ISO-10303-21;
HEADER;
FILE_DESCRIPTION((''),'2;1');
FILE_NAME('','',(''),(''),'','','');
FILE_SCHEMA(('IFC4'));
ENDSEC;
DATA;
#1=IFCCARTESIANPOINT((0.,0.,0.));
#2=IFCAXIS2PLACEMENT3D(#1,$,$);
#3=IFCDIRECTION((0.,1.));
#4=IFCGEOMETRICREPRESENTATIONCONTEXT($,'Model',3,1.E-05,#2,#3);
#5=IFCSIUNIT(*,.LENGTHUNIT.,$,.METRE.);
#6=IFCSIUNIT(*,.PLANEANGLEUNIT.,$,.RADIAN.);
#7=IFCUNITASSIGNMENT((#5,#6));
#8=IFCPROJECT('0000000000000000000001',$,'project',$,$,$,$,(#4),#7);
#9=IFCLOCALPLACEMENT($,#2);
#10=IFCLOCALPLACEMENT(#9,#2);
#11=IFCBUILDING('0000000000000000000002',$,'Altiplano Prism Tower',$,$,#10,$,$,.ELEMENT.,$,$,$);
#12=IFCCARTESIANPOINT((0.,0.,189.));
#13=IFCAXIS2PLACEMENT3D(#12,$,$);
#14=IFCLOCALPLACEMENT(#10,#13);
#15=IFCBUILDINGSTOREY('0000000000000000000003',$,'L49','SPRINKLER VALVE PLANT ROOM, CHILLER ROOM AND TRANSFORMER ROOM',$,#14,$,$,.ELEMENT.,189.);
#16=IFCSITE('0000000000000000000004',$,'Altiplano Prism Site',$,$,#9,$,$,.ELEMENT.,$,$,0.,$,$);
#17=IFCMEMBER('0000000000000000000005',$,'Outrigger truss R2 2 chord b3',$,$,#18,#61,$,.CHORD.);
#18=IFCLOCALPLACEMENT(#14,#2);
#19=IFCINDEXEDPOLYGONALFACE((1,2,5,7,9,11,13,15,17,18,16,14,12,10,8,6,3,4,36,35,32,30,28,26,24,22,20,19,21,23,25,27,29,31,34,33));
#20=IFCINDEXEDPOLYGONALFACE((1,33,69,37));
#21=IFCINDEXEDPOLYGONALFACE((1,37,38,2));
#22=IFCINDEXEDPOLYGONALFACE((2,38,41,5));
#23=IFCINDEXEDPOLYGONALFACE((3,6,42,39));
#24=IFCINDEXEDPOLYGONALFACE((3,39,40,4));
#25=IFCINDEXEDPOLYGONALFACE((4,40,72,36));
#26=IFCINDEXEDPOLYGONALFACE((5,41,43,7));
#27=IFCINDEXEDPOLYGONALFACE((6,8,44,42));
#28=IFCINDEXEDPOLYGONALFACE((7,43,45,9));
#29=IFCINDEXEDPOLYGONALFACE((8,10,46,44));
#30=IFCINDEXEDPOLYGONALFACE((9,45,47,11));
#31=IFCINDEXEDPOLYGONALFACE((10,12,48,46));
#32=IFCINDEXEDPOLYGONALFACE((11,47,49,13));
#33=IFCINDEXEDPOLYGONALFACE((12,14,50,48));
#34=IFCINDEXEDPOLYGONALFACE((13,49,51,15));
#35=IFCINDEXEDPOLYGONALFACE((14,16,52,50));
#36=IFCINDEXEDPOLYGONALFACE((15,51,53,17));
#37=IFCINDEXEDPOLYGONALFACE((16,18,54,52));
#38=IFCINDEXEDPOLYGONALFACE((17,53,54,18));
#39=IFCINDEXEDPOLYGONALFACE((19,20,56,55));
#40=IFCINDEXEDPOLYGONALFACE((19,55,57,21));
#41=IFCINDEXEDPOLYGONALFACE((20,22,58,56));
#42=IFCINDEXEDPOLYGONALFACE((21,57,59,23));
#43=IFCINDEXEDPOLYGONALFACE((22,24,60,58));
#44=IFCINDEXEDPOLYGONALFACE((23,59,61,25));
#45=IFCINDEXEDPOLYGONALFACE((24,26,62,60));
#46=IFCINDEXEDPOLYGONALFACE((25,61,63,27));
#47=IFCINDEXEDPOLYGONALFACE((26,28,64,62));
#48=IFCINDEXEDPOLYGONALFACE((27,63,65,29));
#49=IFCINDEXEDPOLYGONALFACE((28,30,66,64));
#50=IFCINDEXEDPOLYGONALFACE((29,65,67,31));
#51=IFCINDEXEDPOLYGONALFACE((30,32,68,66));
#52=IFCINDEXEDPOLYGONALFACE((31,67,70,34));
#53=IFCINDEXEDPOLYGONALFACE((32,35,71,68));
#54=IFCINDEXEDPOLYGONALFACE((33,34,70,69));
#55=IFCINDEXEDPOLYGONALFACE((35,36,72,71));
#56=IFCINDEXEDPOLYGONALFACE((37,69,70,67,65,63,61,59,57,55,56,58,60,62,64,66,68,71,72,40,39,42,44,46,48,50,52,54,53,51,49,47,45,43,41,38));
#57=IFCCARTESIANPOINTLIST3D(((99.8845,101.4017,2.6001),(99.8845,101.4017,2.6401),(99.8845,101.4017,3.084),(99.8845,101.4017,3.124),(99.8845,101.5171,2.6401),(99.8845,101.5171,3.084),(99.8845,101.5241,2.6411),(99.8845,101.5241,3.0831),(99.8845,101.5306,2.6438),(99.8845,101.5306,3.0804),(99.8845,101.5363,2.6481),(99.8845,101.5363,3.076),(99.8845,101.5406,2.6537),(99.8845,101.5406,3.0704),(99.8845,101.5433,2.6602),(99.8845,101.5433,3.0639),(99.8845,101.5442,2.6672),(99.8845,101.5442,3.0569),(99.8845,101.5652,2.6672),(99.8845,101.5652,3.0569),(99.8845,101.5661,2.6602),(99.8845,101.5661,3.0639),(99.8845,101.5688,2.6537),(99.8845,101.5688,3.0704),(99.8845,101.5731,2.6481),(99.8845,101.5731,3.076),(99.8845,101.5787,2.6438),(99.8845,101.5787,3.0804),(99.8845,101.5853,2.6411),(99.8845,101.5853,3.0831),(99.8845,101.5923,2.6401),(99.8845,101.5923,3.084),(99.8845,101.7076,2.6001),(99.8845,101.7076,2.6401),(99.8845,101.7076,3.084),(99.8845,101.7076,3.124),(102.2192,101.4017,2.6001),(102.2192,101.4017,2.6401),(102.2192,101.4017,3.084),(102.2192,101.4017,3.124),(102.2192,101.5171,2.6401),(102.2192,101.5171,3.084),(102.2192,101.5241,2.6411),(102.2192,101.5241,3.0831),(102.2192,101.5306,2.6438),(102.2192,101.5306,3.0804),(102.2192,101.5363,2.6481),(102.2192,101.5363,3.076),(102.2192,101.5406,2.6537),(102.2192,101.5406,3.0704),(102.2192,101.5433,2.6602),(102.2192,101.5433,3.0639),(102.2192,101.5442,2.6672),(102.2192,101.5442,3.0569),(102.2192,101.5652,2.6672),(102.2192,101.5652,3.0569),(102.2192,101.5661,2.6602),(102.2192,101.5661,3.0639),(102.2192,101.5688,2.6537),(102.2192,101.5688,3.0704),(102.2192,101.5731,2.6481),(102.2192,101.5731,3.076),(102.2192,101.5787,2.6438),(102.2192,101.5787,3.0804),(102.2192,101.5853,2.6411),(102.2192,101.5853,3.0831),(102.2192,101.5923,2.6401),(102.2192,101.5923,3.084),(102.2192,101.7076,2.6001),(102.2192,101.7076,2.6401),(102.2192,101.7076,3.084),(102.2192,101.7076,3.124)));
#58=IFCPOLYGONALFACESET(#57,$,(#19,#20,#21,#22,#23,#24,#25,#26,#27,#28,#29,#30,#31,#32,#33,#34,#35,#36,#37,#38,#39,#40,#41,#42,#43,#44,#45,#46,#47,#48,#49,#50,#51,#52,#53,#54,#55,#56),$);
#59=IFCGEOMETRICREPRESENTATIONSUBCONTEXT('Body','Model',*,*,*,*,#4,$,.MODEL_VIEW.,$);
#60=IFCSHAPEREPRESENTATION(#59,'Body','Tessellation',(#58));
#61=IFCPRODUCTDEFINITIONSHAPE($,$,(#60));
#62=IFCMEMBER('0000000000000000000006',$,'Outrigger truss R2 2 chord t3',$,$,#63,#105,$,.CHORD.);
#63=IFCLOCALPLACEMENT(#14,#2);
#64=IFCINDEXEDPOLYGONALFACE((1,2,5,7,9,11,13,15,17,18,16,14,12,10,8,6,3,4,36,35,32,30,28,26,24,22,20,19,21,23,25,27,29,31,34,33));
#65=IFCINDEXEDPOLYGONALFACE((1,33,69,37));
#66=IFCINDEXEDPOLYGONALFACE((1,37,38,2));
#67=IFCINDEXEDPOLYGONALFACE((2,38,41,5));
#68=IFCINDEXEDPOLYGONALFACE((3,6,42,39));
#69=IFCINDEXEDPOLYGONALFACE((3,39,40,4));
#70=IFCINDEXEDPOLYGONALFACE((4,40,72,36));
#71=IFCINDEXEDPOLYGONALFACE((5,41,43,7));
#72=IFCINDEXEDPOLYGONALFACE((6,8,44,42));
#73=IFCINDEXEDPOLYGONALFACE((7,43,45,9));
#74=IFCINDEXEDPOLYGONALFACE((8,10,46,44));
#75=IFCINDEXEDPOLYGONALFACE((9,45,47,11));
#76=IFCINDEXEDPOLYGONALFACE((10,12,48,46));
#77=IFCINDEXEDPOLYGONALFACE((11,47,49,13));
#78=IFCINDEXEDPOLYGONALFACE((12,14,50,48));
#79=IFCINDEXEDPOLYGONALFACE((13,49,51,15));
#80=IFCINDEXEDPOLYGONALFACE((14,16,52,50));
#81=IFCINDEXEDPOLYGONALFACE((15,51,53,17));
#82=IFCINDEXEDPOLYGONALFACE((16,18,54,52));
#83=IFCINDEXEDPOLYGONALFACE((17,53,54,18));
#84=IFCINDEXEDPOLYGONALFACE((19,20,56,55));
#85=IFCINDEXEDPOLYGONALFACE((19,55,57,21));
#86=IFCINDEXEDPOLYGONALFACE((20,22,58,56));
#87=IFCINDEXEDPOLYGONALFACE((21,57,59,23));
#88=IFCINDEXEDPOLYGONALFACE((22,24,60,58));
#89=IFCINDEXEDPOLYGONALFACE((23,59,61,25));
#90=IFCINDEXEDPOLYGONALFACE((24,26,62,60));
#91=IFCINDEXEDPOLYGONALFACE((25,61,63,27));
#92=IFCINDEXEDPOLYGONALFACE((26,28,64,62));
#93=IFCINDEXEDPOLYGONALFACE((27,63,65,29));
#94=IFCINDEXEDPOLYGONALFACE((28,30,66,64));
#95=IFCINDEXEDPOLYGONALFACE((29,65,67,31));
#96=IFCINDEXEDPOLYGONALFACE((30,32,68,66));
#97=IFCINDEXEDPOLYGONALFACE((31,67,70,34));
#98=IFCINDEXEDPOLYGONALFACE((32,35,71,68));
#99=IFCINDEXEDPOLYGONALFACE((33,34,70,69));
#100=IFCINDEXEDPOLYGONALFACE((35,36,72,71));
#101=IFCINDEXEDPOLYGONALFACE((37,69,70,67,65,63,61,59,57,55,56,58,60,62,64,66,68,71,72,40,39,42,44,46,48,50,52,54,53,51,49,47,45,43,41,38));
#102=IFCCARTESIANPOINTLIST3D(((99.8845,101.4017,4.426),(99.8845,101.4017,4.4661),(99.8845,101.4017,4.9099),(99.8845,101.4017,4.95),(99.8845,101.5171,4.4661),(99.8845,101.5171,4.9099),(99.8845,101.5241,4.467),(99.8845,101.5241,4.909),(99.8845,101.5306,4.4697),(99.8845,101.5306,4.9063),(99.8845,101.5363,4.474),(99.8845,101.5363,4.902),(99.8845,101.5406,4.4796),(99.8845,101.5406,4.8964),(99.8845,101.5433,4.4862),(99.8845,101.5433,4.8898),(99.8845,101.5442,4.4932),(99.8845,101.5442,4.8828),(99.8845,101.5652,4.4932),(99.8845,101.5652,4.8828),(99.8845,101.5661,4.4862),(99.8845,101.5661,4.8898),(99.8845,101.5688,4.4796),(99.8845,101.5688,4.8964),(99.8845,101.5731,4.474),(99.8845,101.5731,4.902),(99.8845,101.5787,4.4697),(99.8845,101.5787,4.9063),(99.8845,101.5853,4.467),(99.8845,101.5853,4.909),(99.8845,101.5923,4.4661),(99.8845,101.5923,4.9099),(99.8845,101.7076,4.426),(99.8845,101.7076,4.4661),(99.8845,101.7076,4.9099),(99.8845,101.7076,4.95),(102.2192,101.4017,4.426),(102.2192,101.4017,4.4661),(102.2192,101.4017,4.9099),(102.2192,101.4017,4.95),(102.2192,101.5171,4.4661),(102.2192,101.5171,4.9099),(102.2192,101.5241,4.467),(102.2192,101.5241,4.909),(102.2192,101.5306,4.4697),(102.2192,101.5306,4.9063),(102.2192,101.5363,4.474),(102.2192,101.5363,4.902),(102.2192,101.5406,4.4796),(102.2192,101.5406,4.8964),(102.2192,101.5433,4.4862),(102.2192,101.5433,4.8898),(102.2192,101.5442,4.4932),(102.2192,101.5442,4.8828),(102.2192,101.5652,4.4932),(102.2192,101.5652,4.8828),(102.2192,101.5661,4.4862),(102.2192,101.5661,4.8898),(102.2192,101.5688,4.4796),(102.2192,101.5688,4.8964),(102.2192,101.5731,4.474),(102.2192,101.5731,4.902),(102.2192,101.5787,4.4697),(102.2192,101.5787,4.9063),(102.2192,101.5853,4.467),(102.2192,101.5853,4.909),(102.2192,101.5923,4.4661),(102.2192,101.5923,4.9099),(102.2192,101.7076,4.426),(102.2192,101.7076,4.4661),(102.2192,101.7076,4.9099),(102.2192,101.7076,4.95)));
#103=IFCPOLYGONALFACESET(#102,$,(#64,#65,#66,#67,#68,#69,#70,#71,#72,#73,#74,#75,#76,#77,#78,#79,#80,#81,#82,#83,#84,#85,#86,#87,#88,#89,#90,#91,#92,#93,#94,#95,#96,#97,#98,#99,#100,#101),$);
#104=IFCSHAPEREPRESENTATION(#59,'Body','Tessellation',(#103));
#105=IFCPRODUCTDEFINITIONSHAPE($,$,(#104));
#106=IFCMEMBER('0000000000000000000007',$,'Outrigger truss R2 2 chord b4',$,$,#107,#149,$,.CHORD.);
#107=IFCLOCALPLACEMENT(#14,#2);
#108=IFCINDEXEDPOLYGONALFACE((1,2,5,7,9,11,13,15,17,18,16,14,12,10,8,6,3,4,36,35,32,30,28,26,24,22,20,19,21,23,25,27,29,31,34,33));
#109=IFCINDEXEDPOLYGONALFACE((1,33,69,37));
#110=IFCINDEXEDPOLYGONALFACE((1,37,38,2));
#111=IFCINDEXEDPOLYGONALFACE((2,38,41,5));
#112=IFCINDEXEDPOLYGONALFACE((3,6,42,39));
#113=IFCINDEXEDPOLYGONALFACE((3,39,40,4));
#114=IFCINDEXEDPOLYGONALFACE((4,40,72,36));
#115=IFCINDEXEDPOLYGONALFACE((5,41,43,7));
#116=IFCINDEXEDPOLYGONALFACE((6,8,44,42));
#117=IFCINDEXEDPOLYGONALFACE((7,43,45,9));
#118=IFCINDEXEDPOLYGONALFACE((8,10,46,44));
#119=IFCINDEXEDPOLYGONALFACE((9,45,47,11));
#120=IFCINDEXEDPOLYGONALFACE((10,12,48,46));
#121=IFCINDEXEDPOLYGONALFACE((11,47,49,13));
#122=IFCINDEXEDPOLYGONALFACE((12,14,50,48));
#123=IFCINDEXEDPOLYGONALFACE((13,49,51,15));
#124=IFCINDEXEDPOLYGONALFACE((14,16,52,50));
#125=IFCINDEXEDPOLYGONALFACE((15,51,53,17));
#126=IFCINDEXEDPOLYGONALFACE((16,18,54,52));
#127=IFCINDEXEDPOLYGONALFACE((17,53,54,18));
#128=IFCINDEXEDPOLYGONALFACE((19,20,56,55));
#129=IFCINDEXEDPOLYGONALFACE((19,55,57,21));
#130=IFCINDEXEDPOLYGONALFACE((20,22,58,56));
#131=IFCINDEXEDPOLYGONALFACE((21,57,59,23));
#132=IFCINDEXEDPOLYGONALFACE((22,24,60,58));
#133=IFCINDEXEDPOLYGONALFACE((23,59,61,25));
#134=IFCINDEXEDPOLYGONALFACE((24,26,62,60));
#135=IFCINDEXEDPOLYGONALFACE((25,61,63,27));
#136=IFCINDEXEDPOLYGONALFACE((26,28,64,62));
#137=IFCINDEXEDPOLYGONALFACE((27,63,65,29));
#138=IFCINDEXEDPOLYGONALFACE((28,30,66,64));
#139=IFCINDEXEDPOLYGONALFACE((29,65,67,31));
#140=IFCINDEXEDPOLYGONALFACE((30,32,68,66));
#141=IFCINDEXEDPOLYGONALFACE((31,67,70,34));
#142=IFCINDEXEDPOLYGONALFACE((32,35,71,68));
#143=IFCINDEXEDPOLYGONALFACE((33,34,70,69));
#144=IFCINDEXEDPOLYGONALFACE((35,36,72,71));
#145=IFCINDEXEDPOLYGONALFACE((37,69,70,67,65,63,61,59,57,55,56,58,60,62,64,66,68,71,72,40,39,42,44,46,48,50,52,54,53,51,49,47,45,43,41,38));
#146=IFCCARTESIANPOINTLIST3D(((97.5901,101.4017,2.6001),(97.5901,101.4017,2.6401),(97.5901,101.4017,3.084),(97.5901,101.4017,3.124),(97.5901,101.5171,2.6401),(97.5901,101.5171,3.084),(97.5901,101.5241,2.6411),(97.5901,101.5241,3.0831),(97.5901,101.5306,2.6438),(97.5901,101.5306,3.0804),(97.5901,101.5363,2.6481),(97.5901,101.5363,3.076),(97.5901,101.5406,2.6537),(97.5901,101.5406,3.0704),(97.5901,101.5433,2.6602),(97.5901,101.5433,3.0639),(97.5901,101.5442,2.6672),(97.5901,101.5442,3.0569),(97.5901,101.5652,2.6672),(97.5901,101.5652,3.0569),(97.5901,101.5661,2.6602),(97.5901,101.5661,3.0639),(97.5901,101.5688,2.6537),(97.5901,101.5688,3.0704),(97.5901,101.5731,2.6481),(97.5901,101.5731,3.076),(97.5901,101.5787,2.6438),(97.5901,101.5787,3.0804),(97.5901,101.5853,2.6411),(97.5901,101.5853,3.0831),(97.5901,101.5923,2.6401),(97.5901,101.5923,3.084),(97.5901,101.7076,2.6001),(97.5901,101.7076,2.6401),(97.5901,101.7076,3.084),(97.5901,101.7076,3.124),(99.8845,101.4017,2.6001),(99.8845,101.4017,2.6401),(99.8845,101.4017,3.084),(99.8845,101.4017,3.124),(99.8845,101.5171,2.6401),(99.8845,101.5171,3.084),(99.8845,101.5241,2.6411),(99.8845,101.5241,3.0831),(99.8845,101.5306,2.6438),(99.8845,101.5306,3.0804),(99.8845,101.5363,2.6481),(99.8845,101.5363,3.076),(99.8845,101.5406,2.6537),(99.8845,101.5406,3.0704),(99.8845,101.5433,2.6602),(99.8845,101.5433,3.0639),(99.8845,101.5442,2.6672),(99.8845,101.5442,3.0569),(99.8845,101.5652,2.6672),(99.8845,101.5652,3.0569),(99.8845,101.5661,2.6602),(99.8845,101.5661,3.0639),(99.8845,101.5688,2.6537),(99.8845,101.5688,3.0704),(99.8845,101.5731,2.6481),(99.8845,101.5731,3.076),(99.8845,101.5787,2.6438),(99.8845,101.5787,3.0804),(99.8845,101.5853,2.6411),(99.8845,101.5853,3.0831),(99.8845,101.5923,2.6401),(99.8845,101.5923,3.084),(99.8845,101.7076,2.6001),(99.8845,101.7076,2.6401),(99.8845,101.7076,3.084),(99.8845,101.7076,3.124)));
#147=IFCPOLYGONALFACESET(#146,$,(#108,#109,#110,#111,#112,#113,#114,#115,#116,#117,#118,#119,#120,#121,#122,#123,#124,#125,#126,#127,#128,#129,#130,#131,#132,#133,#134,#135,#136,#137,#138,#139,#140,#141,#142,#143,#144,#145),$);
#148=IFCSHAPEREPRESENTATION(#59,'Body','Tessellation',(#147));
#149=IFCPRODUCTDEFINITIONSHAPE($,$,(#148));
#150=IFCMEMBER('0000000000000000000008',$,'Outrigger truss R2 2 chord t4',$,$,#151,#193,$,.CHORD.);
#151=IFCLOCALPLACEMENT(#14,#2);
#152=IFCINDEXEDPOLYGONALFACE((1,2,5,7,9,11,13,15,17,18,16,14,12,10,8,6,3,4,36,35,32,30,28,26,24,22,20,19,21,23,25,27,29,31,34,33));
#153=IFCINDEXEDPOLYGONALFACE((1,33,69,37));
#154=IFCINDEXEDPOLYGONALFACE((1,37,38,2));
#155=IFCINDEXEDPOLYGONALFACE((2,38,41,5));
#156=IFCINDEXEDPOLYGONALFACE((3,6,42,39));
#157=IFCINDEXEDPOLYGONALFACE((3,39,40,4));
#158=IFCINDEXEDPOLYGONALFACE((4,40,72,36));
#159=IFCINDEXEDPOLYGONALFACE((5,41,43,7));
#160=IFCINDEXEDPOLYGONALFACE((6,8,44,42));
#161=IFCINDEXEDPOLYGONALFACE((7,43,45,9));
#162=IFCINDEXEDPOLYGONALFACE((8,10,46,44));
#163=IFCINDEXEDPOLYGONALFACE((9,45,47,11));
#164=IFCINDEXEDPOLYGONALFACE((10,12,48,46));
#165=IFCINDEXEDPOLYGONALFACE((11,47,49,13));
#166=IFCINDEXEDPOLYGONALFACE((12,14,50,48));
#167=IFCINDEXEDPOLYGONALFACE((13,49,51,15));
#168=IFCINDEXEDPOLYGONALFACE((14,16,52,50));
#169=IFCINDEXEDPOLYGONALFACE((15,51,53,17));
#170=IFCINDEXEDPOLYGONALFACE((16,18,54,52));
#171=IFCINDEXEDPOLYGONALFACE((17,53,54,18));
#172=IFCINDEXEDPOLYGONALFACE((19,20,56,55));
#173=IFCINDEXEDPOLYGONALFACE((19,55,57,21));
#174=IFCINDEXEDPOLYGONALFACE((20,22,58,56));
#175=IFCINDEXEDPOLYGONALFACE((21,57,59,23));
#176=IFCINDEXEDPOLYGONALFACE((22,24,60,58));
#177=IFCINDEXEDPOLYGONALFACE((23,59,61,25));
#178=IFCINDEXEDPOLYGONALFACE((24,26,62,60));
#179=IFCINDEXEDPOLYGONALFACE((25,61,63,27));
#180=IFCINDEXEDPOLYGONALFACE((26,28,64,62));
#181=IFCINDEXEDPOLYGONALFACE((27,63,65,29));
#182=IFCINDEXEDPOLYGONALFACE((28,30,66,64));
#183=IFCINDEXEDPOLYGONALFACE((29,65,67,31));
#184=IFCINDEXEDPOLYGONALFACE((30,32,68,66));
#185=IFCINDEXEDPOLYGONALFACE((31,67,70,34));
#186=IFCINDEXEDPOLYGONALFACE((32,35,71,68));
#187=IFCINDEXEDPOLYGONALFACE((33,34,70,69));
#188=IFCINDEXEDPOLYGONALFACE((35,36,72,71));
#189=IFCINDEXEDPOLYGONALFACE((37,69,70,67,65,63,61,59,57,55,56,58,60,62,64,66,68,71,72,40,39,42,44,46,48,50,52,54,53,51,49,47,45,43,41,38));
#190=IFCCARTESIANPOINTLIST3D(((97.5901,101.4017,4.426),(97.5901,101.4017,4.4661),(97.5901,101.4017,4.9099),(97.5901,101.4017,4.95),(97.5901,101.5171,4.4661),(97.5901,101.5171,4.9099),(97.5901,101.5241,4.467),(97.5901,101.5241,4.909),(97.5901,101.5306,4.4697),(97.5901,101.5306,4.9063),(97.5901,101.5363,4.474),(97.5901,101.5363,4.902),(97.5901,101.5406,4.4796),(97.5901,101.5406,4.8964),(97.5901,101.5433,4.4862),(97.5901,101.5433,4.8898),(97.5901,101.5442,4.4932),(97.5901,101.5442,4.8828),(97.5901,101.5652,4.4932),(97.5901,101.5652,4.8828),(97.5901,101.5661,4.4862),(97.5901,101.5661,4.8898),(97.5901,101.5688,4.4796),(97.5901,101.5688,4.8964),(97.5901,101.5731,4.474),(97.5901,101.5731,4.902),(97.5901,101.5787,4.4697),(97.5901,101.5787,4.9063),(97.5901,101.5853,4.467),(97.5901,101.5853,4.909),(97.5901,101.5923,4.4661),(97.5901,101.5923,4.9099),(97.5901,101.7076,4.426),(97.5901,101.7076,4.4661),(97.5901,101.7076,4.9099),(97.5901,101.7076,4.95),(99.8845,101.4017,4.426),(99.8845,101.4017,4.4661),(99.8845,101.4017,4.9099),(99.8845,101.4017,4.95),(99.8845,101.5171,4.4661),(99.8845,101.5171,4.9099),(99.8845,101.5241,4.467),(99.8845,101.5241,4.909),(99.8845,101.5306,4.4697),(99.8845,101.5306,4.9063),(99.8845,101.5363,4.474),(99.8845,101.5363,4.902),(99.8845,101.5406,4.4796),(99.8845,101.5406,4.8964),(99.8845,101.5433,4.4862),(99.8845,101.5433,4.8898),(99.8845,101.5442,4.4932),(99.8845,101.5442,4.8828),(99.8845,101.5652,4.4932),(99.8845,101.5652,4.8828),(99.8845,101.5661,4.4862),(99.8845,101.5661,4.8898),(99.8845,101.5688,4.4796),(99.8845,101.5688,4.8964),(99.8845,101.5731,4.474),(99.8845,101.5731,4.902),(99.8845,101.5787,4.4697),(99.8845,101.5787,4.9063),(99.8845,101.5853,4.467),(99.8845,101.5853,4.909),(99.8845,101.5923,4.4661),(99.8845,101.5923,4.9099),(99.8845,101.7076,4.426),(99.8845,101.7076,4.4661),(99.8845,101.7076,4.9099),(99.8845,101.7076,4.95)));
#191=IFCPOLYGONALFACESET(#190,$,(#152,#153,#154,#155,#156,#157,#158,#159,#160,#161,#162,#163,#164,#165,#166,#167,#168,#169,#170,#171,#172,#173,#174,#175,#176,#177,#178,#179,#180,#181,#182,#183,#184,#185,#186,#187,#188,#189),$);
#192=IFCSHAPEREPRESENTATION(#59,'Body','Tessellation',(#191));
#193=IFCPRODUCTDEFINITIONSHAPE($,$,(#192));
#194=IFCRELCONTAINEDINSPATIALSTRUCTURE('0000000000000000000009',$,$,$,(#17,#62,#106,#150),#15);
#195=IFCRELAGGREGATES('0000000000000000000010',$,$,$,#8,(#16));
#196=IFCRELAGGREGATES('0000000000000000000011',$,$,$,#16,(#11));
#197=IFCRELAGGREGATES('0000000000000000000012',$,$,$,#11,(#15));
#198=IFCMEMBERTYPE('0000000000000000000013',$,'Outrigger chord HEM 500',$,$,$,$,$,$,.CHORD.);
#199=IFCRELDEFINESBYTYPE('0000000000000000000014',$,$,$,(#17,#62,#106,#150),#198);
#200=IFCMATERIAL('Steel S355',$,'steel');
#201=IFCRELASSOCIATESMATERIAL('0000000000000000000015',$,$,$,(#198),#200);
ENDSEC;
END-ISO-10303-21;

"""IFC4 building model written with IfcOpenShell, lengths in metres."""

from ifc_helpers import new_model, si_unit, direction, frame, origin, origin_2d, place, context, subcontext, project, spatial, i_section, extrude, material, material_profile, profile_set, type_object, element, save


model = new_model("IFC4")

# Units and contexts
model_context = context("Model", 3, precision=1e-05, world=origin(), true_north=direction((0.0, 1.0)))
body_context = subcontext(model_context, "Body", "Model", "MODEL_VIEW")
ifc_project = project(units=[si_unit("LENGTHUNIT", "METRE"), si_unit("PLANEANGLEUNIT", "RADIAN")], contexts=[model_context])

# Site, building, storey
site_placement = place(None, origin())
site = spatial("IfcSite", under=ifc_project, at=site_placement, Name="Altiplano Prism Site", CompositionType="ELEMENT", RefElevation=0.0)
building_placement = place(site_placement, origin())
building = spatial("IfcBuilding", under=site, at=building_placement, Name="Altiplano Prism Tower", CompositionType="ELEMENT")
storey_placement = place(building_placement, frame((0.0, 0.0, 189.0)))
storey = spatial("IfcBuildingStorey", under=building, at=storey_placement, Name="L49", Description="SPRINKLER VALVE PLANT ROOM, CHILLER ROOM AND TRANSFORMER ROOM", CompositionType="ELEMENT", Elevation=189.0)

# Shared definitions
ifc_material_1 = material(Name="Steel S355", Category="steel")

# Members
ifc_material_profile_1 = material_profile(ifc_material_1, i_section(OverallWidth=0.3059, OverallDepth=0.5239, WebThickness=0.021, FlangeThickness=0.04, FilletRadius=0.0271, at=origin_2d()), Name="Outrigger chord HEM 500")
ifc_profile_set_1 = profile_set([ifc_material_profile_1], Name="Steel S355")
member_type_1 = type_object("IfcMemberType", Name="Outrigger chord HEM 500", PredefinedType="CHORD", material=ifc_profile_set_1)
for number, where, z_axis, x_axis, name in (
    (1, (102.2192, 101.5547, 2.8621), (-1.0, 0.0, 0.0), (0.0, -1.0, 0.0), "Outrigger truss R2 2 chord b3"),
    (2, (102.2192, 101.5547, 4.688), (-1.0, 0.0, 0.0), (0.0, -1.0, 0.0), "Outrigger truss R2 2 chord t3"),
):
    element("IfcMember", number, at=place(storey_placement, frame(where, z_axis=z_axis, x_axis=x_axis)), inside=storey, type_object=member_type_1, Name=name, PredefinedType="CHORD", context=body_context, shape_type="SweptSolid", body=[
        extrude(i_section(OverallWidth=0.3059, OverallDepth=0.5239, WebThickness=0.021, FlangeThickness=0.04, FilletRadius=0.0271, at=origin_2d()), origin(), (0.0, 0.0, 1.0), 2.3347),
    ])
for number, where, z_axis, x_axis, name in (
    (3, (99.8845, 101.5547, 2.8621), (-1.0, 0.0, 0.0), (0.0, -1.0, 0.0), "Outrigger truss R2 2 chord b4"),
    (4, (99.8845, 101.5547, 4.688), (-1.0, 0.0, 0.0), (0.0, -1.0, 0.0), "Outrigger truss R2 2 chord t4"),
):
    element("IfcMember", number, at=place(storey_placement, frame(where, z_axis=z_axis, x_axis=x_axis)), inside=storey, type_object=member_type_1, Name=name, PredefinedType="CHORD", context=body_context, shape_type="SweptSolid", body=[
        extrude(i_section(OverallWidth=0.3059, OverallDepth=0.5239, WebThickness=0.021, FlangeThickness=0.04, FilletRadius=0.0271, at=origin_2d()), origin(), (0.0, 0.0, 1.0), 2.2944),
    ])

save(model, "model.ifc")
